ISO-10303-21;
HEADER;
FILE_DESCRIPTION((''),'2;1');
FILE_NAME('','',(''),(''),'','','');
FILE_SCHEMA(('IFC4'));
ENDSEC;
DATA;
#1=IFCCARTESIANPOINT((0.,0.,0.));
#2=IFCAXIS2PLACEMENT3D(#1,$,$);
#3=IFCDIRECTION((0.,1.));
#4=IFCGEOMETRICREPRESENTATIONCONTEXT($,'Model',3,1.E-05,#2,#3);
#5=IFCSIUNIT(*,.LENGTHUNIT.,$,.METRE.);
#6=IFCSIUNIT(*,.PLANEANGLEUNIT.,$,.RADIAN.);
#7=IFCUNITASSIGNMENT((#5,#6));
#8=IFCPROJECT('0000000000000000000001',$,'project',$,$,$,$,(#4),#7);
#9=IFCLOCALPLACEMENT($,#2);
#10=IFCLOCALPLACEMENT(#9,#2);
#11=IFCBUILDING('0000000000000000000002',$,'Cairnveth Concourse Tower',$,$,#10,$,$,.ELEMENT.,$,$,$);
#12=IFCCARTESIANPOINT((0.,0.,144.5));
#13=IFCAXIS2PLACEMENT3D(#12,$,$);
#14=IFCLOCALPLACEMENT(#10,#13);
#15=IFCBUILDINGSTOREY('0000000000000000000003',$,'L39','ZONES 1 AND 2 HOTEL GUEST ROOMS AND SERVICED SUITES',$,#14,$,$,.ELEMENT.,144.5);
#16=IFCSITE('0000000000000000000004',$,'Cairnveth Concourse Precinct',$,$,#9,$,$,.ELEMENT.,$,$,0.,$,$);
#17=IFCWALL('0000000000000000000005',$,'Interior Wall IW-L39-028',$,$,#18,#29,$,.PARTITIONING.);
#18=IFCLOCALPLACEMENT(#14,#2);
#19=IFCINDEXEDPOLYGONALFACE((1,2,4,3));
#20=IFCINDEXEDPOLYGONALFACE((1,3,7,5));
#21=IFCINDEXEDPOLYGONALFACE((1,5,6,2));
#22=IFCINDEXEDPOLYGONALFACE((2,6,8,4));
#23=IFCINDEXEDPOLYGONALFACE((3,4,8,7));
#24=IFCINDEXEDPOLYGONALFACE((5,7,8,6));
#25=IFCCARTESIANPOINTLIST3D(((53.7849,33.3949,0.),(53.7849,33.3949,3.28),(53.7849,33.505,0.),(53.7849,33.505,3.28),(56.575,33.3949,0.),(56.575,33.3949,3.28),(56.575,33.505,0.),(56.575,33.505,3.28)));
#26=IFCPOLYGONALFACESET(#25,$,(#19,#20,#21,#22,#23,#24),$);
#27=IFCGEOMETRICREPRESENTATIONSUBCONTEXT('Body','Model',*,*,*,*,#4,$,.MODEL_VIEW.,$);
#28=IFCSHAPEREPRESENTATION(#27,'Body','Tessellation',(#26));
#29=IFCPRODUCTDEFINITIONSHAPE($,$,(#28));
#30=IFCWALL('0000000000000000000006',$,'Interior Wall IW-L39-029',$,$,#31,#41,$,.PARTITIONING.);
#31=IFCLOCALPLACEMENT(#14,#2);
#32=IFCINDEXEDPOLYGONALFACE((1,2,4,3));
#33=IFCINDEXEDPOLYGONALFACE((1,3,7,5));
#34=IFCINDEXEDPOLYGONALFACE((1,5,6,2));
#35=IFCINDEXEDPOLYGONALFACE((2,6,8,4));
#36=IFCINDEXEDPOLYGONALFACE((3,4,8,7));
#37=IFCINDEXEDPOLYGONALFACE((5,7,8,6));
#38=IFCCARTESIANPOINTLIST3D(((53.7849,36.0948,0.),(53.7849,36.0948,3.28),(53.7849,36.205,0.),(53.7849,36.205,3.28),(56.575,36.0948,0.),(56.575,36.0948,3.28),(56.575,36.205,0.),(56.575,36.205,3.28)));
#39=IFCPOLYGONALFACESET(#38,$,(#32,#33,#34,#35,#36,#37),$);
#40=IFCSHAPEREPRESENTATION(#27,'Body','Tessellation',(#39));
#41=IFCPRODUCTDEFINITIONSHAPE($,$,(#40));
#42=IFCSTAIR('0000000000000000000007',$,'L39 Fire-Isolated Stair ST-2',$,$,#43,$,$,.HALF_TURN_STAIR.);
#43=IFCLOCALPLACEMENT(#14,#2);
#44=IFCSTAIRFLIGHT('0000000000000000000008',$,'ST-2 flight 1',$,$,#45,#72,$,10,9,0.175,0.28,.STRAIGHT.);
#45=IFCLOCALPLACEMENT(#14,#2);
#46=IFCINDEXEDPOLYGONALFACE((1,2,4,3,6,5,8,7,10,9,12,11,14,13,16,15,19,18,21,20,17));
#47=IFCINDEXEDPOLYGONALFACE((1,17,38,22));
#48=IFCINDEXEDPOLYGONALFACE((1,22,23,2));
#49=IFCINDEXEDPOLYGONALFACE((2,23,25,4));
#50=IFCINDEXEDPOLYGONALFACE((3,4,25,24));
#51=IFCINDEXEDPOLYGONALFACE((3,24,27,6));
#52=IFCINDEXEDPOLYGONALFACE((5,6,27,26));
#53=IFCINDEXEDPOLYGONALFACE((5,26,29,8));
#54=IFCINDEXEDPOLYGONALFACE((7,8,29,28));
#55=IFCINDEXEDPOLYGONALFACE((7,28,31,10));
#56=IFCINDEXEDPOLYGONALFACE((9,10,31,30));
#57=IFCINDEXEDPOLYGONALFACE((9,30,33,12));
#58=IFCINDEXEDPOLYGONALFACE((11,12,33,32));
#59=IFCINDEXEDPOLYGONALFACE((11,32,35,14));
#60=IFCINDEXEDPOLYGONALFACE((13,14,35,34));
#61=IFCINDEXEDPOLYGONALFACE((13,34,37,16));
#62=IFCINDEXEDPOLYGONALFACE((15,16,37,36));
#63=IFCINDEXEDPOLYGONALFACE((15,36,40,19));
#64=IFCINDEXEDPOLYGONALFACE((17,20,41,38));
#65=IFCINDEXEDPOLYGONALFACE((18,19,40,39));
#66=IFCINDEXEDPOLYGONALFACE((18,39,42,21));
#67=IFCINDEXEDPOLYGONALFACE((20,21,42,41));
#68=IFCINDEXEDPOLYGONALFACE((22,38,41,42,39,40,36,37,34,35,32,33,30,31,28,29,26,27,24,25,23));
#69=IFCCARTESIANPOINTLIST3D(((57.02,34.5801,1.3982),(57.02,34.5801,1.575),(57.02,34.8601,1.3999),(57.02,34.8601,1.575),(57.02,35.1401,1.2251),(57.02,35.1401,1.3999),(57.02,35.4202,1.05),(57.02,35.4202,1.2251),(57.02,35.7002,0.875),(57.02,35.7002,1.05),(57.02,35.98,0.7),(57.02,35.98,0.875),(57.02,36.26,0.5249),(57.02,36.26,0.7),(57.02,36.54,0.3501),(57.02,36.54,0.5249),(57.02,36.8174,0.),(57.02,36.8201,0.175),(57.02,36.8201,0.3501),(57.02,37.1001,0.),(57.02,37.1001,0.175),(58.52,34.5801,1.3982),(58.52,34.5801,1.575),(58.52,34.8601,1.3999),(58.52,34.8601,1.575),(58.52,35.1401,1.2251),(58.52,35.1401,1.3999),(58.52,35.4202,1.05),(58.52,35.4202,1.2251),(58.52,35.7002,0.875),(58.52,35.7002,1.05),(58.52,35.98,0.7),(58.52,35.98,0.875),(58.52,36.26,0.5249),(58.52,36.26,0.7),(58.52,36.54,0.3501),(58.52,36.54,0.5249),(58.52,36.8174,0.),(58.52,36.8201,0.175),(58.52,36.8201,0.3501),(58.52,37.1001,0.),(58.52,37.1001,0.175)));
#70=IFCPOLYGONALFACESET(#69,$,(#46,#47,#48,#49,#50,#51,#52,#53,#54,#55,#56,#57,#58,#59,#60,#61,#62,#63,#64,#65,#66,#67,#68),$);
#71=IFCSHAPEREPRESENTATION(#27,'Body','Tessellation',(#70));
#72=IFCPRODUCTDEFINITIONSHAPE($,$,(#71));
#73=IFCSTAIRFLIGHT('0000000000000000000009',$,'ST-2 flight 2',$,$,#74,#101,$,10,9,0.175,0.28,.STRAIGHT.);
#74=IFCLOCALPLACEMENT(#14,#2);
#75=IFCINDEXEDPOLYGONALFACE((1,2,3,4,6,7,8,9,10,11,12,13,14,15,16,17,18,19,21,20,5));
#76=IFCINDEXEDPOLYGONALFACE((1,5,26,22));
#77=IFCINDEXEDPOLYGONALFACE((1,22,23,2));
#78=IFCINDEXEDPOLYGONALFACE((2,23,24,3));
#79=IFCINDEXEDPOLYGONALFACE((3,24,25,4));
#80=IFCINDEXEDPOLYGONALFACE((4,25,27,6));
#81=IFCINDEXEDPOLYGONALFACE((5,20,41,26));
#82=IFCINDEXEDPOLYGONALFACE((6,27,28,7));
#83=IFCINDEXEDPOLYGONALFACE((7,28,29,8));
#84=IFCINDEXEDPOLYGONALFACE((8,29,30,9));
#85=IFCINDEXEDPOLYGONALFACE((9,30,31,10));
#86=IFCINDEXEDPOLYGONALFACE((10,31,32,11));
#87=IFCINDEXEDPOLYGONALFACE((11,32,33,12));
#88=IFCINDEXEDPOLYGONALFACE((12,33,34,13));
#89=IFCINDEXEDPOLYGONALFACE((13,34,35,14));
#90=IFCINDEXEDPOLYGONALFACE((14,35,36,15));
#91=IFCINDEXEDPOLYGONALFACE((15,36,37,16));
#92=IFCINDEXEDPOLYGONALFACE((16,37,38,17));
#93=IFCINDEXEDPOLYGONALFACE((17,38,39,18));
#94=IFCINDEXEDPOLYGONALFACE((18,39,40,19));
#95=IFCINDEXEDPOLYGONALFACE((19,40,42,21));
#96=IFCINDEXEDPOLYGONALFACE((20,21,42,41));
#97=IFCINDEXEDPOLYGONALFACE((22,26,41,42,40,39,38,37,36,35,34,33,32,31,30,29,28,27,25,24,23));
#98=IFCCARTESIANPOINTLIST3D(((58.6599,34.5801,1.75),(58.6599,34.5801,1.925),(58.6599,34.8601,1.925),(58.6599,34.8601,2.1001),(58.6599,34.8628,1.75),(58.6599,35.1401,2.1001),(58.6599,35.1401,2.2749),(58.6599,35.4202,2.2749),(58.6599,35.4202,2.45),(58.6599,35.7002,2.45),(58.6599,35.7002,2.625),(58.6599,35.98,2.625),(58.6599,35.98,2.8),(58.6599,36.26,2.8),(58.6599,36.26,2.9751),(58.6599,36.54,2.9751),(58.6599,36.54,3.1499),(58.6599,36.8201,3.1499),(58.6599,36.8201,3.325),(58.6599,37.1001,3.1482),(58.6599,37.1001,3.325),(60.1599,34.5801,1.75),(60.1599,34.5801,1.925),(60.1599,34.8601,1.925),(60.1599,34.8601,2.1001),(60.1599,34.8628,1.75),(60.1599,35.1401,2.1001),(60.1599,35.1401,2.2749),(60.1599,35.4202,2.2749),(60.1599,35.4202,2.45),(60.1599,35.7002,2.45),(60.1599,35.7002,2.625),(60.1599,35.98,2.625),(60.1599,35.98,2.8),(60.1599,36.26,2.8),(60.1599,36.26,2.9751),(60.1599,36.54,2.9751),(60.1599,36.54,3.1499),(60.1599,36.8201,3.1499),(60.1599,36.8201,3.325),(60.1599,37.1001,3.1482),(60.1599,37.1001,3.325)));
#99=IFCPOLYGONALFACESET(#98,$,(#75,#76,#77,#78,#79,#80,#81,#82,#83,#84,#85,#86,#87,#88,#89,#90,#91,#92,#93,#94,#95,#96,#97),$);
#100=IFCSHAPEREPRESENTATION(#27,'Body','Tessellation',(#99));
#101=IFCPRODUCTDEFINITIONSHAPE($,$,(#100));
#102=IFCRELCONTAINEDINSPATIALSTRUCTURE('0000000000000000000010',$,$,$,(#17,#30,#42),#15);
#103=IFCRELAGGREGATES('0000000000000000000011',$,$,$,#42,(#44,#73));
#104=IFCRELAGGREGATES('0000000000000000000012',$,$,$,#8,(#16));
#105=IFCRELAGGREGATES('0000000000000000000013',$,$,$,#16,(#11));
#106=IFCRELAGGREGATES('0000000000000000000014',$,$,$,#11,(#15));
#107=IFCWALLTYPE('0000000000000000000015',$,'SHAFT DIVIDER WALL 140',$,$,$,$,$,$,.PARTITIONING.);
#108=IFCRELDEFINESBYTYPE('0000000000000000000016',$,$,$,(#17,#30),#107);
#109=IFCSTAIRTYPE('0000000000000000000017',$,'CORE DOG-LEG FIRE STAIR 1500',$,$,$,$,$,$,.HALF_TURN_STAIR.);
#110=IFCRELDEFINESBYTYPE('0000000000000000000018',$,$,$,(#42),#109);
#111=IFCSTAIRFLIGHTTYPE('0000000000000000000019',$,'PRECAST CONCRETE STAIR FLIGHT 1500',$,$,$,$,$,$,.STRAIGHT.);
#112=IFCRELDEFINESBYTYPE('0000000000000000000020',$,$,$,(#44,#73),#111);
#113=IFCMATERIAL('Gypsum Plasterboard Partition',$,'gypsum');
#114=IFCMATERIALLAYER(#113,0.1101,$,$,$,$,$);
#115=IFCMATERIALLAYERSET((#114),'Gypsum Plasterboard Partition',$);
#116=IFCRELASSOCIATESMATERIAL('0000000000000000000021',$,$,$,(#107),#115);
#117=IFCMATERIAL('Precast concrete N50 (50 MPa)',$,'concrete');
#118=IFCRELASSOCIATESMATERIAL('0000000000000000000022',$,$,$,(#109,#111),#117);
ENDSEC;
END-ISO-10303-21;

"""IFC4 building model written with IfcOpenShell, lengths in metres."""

from ifc_helpers import new_model, si_unit, direction, frame, frame_2d, origin, place, context, subcontext, project, spatial, polyline, rectangle, outline, extrude, material, layer, layer_set, type_object, element, aggregate, save


model = new_model("IFC4")

# Units and contexts
model_context = context("Model", 3, precision=1e-05, world=origin(), true_north=direction((0.0, 1.0)))
body_context = subcontext(model_context, "Body", "Model", "MODEL_VIEW")
ifc_project = project(units=[si_unit("LENGTHUNIT", "METRE"), si_unit("PLANEANGLEUNIT", "RADIAN")], contexts=[model_context])

# Site, building, storey
site_placement = place(None, origin())
site = spatial("IfcSite", under=ifc_project, at=site_placement, Name="Cairnveth Concourse Precinct", CompositionType="ELEMENT", RefElevation=0.0)
building_placement = place(site_placement, origin())
building = spatial("IfcBuilding", under=site, at=building_placement, Name="Cairnveth Concourse Tower", CompositionType="ELEMENT")
storey_placement = place(building_placement, frame((0.0, 0.0, 144.5)))
storey = spatial("IfcBuildingStorey", under=building, at=storey_placement, Name="L39", Description="ZONES 1 AND 2 HOTEL GUEST ROOMS AND SERVICED SUITES", CompositionType="ELEMENT", Elevation=144.5)

# Shared definitions
ifc_material_1 = material(Name="Gypsum Plasterboard Partition", Category="gypsum")

# Walls
ifc_layer_1 = layer(ifc_material_1, 0.1101)
ifc_layer_set_1 = layer_set([ifc_layer_1], Name="Gypsum Plasterboard Partition")
wall_type_1 = type_object("IfcWallType", Name="SHAFT DIVIDER WALL 140", PredefinedType="PARTITIONING", material=ifc_layer_set_1)
for number, where, z_axis, x_axis, name in (
    (1, (53.7849, 33.45, 0.0), (0.0, 0.0, 1.0), (1.0, 0.0, 0.0), "Interior Wall IW-L39-028"),
    (2, (53.7849, 36.1499, 0.0), (0.0, 0.0, 1.0), (1.0, 0.0, 0.0), "Interior Wall IW-L39-029"),
):
    element("IfcWall", number, at=place(storey_placement, frame(where, z_axis=z_axis, x_axis=x_axis)), inside=storey, type_object=wall_type_1, Name=name, PredefinedType="PARTITIONING", context=body_context, shape_type="SweptSolid", body=[
        extrude(rectangle(XDim=2.79, YDim=0.1101, at=frame_2d((1.395, 0.0))), origin(), (0.0, 0.0, 1.0), 3.28),
    ])

# Stair, stair flights
ifc_material_2 = material(Name="Precast concrete N50 (50 MPa)", Category="concrete")
stair_type = type_object("IfcStairType", Name="CORE DOG-LEG FIRE STAIR 1500", PredefinedType="HALF_TURN_STAIR", material=ifc_material_2)
stair_placement = place(storey_placement, origin())
stair = element("IfcStair", 3, at=stair_placement, inside=storey, type_object=stair_type, Name="L39 Fire-Isolated Stair ST-2", PredefinedType="HALF_TURN_STAIR")
stair_flight_type = type_object("IfcStairFlightType", Name="PRECAST CONCRETE STAIR FLIGHT 1500", PredefinedType="STRAIGHT", material=ifc_material_2)
stair_flight_1_placement = place(storey_placement, frame((57.77, 37.1001, 0.0), z_axis=(0.0, 0.0, 1.0), x_axis=(0.0, -1.0, 0.0)))
stair_flight_1 = element("IfcStairFlight", 4, at=stair_flight_1_placement, type_object=stair_flight_type, Name="ST-2 flight 1", NumberOfRisers=10, NumberOfTreads=9, PredefinedType="STRAIGHT", RiserHeight=0.175, TreadLength=0.28, context=body_context, shape_type="SweptSolid", body=[
    extrude(outline(polyline([(0.0, 0.0), (0.0, 0.175), (0.28, 0.175), (0.28, 0.3501), (0.5601, 0.3501), (0.5601, 0.5249), (0.8401, 0.5249), (0.8401, 0.7), (1.1201, 0.7), (1.1201, 0.875), (1.3999, 0.875), (1.3999, 1.05), (1.6799, 1.05), (1.6799, 1.2251), (1.96, 1.2251), (1.96, 1.3999), (2.24, 1.3999), (2.24, 1.575), (2.52, 1.575), (2.52, 1.75), (2.52, 1.3982), (0.2827, 0.0), (0.0, 0.0)])), frame((0.0, 0.75, 0.0), z_axis=(0.0, -1.0, 0.0), x_axis=(1.0, 0.0, 0.0)), (0.0, 0.0, 1.0), 1.5),
])
stair_flight_2_placement = place(storey_placement, frame((59.4099, 34.5801, 1.75), z_axis=(0.0, 0.0, 1.0), x_axis=(0.0, 1.0, 0.0)))
stair_flight_2 = element("IfcStairFlight", 5, at=stair_flight_2_placement, type_object=stair_flight_type, Name="ST-2 flight 2", NumberOfRisers=10, NumberOfTreads=9, PredefinedType="STRAIGHT", RiserHeight=0.175, TreadLength=0.28, context=body_context, shape_type="SweptSolid", body=[
    extrude(outline(polyline([(0.0, 0.0), (0.0, 0.175), (0.28, 0.175), (0.28, 0.3501), (0.5601, 0.3501), (0.5601, 0.5249), (0.8401, 0.5249), (0.8401, 0.7), (1.1201, 0.7), (1.1201, 0.875), (1.3999, 0.875), (1.3999, 1.05), (1.6799, 1.05), (1.6799, 1.2251), (1.96, 1.2251), (1.96, 1.3999), (2.24, 1.3999), (2.24, 1.575), (2.52, 1.575), (2.52, 1.75), (2.52, 1.3982), (0.2827, 0.0), (0.0, 0.0)])), frame((0.0, 0.75, 0.0), z_axis=(0.0, -1.0, 0.0), x_axis=(1.0, 0.0, 0.0)), (0.0, 0.0, 1.0), 1.5),
])
aggregate(stair, [stair_flight_1, stair_flight_2])

save(model, "model.ifc")
